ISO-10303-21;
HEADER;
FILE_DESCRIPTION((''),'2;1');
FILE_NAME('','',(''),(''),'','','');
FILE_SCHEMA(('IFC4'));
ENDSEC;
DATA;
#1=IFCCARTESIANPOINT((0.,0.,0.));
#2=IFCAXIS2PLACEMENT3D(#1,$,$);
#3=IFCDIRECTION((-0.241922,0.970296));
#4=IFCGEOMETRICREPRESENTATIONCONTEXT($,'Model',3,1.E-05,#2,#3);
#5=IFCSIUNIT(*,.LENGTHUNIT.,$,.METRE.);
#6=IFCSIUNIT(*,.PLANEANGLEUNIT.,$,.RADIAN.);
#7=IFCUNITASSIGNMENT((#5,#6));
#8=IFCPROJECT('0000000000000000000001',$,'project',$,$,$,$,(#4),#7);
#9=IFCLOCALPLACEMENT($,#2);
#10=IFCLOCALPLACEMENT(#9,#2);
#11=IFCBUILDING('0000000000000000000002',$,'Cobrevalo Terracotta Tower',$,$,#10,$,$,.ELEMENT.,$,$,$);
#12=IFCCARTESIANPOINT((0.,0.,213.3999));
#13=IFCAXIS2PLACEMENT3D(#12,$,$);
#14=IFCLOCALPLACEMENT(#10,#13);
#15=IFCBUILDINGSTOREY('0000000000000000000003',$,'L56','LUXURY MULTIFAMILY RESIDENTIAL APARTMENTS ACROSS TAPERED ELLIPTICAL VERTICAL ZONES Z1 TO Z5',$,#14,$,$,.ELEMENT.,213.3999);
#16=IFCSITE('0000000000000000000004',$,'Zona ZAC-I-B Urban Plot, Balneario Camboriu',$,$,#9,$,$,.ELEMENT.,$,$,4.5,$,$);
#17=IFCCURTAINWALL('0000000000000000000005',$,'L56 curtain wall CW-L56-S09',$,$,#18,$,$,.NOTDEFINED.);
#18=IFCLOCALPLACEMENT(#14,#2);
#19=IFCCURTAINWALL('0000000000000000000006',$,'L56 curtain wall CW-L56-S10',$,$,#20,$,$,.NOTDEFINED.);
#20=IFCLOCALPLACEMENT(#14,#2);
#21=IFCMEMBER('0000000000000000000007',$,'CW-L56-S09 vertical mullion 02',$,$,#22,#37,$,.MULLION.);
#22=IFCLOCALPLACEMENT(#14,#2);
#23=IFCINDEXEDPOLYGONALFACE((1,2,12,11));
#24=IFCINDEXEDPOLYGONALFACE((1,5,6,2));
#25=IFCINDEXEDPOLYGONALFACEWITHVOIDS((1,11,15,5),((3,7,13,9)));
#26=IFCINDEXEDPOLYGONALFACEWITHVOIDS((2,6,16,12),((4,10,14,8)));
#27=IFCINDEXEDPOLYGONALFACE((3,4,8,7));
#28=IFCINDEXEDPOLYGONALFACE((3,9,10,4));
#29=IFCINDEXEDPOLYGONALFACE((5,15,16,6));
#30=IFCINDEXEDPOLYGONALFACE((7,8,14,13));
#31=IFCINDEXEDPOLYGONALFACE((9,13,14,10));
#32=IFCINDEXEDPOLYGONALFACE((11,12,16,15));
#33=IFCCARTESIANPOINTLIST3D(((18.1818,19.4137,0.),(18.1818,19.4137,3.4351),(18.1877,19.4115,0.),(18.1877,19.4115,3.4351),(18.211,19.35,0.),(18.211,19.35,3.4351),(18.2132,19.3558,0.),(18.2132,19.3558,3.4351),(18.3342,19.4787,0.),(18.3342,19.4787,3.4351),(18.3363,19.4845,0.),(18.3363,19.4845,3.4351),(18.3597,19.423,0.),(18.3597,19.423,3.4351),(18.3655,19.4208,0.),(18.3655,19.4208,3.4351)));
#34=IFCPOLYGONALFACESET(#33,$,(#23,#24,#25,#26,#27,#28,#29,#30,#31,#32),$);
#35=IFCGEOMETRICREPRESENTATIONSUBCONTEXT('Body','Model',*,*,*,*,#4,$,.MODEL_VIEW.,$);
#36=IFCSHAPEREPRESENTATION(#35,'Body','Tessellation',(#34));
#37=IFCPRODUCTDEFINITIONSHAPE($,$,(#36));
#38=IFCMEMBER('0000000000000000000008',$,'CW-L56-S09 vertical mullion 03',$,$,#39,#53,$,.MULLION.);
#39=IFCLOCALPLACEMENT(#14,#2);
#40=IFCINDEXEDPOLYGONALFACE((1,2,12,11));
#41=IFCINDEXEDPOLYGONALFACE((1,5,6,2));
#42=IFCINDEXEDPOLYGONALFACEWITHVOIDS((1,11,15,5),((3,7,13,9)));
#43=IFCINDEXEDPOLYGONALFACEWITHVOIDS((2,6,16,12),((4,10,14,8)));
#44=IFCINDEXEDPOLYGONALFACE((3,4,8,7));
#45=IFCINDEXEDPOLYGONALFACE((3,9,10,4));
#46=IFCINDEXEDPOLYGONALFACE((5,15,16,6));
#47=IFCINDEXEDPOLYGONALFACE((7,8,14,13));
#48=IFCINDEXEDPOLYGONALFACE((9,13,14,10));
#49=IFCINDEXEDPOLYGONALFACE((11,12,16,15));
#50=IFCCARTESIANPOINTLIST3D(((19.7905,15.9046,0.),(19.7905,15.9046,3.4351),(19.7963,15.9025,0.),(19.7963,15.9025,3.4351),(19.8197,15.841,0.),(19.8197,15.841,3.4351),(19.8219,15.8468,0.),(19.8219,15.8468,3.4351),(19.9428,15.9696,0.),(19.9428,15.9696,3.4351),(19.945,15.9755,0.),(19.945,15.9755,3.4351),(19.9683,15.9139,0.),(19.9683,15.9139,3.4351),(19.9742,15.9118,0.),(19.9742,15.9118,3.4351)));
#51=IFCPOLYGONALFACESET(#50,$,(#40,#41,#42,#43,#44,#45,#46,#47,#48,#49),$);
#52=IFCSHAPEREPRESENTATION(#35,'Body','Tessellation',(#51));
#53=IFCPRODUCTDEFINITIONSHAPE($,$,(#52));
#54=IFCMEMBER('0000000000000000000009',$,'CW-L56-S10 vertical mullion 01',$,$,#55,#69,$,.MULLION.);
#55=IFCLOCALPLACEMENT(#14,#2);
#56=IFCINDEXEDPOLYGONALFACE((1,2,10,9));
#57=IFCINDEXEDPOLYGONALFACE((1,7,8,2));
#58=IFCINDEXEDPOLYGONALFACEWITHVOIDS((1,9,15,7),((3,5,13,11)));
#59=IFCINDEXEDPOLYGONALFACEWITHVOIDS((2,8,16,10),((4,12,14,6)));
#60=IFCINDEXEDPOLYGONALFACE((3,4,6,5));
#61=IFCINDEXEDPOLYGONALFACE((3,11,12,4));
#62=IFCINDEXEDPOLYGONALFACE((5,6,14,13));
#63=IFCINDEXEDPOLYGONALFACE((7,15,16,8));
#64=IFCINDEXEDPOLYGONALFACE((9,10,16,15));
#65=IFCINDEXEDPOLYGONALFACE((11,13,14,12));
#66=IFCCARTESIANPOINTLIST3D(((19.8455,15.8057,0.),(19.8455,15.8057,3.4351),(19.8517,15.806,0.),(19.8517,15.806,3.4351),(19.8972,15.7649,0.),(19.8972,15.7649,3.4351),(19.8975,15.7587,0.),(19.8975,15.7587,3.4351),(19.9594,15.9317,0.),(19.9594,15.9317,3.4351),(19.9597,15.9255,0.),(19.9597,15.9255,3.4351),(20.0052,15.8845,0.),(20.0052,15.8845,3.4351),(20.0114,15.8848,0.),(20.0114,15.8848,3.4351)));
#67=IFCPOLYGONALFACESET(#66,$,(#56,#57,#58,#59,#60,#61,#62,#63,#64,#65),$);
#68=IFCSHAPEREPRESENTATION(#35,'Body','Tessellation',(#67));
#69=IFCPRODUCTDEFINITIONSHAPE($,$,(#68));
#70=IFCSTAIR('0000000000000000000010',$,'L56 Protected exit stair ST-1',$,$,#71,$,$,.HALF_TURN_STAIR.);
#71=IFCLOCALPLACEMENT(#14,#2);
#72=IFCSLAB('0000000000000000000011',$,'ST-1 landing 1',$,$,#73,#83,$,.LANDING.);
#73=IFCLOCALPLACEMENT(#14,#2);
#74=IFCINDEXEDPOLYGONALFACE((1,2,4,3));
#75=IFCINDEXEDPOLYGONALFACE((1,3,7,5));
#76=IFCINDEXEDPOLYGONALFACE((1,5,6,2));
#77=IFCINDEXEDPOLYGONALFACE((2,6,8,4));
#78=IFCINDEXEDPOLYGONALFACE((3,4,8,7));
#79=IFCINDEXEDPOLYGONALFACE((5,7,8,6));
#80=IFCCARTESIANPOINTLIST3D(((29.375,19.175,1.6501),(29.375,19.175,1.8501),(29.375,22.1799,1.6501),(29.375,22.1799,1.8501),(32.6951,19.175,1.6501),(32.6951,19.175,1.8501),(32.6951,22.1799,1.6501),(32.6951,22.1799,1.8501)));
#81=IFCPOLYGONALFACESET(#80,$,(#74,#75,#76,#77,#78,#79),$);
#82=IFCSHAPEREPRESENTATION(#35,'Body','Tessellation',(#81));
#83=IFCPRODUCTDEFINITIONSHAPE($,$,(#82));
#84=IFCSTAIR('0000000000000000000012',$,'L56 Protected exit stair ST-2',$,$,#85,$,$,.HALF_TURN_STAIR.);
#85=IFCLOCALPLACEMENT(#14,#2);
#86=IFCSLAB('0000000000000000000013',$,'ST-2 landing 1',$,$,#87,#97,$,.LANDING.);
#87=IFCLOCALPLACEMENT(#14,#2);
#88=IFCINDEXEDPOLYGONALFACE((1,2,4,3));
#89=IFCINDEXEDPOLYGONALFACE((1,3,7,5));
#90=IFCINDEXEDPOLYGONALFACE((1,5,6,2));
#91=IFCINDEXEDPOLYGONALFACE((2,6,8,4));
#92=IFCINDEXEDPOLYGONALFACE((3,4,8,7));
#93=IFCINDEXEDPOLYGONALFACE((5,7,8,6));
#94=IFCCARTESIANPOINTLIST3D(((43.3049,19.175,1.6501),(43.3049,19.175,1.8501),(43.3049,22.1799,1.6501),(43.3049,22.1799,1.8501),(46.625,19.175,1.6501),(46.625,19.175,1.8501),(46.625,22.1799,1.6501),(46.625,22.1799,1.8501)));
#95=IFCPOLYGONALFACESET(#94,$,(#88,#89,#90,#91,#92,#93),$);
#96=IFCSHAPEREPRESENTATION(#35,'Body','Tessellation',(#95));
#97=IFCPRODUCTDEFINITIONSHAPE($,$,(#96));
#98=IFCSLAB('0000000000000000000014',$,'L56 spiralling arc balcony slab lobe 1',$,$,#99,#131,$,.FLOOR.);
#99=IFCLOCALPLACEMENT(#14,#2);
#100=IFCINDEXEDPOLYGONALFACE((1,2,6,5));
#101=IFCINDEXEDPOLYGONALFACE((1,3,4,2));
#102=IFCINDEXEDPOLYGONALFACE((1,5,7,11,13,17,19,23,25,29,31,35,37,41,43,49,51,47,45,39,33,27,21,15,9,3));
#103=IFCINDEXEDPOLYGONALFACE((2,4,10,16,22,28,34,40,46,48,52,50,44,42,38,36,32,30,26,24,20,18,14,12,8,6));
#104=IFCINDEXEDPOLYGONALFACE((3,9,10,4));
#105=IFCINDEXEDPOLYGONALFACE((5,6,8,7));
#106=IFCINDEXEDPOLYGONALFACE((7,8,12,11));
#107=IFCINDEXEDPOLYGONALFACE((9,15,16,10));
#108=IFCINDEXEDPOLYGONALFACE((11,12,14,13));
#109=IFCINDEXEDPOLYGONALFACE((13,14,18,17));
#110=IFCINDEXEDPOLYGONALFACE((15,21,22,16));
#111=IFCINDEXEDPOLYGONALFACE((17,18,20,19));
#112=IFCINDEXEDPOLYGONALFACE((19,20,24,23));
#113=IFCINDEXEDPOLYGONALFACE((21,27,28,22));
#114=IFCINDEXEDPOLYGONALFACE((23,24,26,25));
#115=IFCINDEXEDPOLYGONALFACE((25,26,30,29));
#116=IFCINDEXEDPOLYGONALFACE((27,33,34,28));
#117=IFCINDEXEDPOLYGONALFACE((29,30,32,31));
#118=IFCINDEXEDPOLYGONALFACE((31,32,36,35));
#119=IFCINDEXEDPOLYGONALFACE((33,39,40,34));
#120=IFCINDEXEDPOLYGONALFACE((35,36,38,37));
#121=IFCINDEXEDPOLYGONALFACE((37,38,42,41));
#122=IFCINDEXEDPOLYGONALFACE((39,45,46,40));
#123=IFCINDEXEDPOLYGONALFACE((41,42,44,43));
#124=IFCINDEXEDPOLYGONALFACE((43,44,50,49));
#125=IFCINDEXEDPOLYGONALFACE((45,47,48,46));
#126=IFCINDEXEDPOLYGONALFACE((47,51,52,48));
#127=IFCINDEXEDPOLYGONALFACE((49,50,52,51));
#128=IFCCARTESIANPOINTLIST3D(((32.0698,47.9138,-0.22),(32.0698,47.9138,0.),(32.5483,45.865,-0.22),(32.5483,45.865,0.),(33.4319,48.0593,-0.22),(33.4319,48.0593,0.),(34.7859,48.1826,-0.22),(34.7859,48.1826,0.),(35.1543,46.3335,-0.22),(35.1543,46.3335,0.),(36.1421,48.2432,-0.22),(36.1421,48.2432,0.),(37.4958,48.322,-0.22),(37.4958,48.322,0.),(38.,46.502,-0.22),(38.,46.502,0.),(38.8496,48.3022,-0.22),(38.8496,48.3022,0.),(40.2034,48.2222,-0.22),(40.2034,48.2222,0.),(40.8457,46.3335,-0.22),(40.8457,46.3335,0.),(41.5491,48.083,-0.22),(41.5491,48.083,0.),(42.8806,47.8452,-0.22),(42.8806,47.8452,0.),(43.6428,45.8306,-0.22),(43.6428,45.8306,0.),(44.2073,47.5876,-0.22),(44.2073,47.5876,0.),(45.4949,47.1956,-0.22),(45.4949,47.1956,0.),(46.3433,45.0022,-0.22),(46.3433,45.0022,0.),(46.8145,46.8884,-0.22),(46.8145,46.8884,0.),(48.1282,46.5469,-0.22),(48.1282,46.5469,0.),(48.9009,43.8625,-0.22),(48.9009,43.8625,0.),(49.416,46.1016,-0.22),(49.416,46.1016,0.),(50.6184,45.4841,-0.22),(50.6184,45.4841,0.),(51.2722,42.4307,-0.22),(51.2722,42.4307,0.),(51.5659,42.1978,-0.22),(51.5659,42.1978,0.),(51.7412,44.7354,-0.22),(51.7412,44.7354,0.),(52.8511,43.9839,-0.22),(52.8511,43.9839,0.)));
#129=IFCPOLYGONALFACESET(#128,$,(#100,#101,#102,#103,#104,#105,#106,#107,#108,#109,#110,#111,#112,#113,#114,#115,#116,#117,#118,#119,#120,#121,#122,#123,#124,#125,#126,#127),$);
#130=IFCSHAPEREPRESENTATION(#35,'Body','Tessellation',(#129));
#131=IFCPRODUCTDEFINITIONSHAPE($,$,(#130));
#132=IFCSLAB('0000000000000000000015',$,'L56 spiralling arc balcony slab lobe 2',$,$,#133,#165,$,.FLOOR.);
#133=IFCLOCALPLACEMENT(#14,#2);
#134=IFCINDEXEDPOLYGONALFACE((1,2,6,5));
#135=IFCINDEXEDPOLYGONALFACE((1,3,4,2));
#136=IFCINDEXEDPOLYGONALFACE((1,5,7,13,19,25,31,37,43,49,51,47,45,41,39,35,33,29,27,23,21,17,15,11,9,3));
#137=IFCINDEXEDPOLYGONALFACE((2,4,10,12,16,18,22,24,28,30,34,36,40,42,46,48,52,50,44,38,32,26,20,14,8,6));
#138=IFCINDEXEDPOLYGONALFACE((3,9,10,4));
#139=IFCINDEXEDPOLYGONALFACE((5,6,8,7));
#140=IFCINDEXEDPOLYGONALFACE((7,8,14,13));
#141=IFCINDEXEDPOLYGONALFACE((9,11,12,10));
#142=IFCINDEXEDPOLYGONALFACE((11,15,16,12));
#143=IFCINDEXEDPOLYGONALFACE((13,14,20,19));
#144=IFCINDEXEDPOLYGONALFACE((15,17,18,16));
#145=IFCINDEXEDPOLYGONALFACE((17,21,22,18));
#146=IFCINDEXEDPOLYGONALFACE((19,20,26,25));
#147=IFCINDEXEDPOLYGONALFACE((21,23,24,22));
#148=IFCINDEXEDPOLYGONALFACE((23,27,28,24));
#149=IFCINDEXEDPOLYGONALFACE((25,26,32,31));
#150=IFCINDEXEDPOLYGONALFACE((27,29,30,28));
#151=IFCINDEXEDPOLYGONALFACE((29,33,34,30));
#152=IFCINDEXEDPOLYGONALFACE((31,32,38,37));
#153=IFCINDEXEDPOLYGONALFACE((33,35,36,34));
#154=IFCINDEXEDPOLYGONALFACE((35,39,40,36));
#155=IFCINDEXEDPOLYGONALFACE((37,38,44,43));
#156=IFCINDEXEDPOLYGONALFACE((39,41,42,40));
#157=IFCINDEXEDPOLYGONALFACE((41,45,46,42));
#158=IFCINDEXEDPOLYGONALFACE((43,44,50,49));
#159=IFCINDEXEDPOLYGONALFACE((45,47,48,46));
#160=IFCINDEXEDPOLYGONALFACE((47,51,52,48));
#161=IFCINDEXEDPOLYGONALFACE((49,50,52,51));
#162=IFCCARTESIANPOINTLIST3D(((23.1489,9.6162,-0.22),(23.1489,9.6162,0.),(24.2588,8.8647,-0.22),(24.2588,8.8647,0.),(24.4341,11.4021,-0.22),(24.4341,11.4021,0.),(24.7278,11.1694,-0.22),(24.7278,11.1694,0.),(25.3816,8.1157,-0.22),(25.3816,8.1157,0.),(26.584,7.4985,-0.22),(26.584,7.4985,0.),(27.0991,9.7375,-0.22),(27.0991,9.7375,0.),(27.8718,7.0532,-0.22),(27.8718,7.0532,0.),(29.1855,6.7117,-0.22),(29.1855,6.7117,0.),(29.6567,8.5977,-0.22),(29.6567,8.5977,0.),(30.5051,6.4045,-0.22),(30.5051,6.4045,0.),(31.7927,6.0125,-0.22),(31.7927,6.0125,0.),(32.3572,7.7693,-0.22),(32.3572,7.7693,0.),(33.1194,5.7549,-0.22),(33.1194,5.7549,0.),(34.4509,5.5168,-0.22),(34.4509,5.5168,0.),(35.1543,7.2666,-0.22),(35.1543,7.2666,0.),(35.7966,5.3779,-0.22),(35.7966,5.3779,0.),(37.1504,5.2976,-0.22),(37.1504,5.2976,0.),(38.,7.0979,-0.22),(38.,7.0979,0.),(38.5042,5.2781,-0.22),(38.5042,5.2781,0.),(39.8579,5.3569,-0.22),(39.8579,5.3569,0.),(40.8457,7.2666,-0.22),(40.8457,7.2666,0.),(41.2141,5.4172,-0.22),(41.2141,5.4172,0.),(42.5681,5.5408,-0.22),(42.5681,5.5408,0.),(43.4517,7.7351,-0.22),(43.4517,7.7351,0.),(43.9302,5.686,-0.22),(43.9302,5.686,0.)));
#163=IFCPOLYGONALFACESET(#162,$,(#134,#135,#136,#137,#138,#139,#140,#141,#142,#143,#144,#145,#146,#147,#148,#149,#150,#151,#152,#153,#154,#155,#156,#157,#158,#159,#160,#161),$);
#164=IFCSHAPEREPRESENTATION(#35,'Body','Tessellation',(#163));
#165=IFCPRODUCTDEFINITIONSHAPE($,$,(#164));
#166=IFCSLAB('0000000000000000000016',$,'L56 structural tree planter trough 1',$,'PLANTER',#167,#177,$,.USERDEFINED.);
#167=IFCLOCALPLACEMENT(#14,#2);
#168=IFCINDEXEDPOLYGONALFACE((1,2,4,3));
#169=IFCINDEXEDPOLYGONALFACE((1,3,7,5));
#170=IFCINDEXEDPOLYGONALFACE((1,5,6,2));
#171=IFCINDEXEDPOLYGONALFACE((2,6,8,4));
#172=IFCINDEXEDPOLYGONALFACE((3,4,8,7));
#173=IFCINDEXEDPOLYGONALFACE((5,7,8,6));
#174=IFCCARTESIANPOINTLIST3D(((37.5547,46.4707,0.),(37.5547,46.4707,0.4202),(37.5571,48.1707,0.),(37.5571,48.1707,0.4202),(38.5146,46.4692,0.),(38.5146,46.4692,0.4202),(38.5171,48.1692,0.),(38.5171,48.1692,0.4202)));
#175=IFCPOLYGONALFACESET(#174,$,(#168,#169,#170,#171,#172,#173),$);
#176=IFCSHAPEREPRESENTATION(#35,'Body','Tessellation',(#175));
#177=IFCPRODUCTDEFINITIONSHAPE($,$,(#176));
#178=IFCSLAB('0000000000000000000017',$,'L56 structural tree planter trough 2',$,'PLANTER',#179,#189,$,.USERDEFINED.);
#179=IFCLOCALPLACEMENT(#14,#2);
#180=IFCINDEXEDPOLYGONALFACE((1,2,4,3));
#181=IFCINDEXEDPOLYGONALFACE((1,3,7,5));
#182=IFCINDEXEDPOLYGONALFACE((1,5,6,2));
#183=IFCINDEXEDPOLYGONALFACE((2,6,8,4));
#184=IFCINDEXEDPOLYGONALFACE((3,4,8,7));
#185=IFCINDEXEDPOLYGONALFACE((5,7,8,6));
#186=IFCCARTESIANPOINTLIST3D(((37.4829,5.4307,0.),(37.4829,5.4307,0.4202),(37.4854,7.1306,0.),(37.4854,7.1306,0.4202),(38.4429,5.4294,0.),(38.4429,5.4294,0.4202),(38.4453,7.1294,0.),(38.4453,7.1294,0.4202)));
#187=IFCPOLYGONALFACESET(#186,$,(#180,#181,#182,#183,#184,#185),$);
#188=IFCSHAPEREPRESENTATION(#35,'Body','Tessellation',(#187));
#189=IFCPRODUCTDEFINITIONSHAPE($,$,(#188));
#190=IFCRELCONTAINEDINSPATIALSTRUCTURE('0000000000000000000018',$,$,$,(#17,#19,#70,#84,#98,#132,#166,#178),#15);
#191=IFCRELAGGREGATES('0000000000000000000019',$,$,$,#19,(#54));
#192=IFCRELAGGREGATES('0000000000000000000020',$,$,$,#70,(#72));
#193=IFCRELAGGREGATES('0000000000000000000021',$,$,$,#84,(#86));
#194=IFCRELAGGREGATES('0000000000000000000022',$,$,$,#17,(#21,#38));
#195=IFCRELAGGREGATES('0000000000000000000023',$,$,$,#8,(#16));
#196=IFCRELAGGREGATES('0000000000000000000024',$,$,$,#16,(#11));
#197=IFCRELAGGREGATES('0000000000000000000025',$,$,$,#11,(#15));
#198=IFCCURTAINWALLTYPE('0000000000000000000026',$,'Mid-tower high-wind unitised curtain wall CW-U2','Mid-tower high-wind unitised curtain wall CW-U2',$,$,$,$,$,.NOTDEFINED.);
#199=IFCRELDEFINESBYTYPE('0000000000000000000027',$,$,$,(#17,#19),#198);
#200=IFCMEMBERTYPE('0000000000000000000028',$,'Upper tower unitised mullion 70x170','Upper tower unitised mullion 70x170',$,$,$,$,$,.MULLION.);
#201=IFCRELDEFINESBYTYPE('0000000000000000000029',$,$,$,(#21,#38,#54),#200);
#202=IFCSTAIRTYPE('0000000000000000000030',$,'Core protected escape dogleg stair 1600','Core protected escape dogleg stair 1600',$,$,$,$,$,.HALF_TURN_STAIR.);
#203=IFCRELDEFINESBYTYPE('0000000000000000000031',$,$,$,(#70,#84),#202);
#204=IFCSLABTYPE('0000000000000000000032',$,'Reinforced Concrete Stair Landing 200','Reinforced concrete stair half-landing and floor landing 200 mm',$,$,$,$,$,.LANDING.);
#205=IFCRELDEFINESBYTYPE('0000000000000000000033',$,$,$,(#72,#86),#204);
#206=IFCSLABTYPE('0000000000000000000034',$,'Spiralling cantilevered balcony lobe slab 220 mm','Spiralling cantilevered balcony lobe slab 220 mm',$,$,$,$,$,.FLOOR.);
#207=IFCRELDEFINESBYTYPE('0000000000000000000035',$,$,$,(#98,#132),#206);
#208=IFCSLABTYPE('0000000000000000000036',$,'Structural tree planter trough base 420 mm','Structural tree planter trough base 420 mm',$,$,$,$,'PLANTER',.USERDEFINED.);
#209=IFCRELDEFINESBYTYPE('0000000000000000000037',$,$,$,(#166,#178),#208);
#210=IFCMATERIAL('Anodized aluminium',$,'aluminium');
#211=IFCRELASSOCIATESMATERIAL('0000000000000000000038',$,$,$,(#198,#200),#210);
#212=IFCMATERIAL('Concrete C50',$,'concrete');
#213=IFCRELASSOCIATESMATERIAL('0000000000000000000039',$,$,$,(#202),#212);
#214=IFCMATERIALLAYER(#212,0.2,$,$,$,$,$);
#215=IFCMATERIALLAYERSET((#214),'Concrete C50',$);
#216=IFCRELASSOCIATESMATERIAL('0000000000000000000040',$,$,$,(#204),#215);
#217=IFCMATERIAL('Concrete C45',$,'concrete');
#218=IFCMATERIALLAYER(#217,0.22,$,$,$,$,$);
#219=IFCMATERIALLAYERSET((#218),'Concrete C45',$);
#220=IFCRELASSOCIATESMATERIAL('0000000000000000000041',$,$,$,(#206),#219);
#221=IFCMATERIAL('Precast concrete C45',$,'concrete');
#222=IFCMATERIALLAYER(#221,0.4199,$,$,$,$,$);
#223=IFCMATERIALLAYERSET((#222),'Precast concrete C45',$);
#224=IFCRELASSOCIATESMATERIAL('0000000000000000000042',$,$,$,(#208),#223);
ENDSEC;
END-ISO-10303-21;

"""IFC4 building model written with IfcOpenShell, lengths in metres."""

from ifc_helpers import new_model, si_unit, direction, frame, origin, origin_2d, place, context, subcontext, project, spatial, polyline, hollow_rectangle, outline, extrude, source, transform, mapped, material, layer, layer_set, material_profile, profile_set, type_object, element, aggregate, save


model = new_model("IFC4")

# Units and contexts
model_context = context("Model", 3, precision=1e-05, world=origin(), true_north=direction((-0.241922, 0.970296)))
body_context = subcontext(model_context, "Body", "Model", "MODEL_VIEW")
ifc_project = project(units=[si_unit("LENGTHUNIT", "METRE"), si_unit("PLANEANGLEUNIT", "RADIAN")], contexts=[model_context])

# Site, building, storey
site_placement = place(None, origin())
site = spatial("IfcSite", under=ifc_project, at=site_placement, Name="Zona ZAC-I-B Urban Plot, Balneario Camboriu", CompositionType="ELEMENT", RefElevation=4.5)
building_placement = place(site_placement, origin())
building = spatial("IfcBuilding", under=site, at=building_placement, Name="Cobrevalo Terracotta Tower", CompositionType="ELEMENT")
storey_placement = place(building_placement, frame((0.0, 0.0, 213.3999)))
storey = spatial("IfcBuildingStorey", under=building, at=storey_placement, Name="L56", Description="LUXURY MULTIFAMILY RESIDENTIAL APARTMENTS ACROSS TAPERED ELLIPTICAL VERTICAL ZONES Z1 TO Z5", CompositionType="ELEMENT", Elevation=213.3999)

# Curtain walls
ifc_material_1 = material(Name="Anodized aluminium", Category="aluminium")
curtain_wall_type = type_object("IfcCurtainWallType", Name="Mid-tower high-wind unitised curtain wall CW-U2", Description="Mid-tower high-wind unitised curtain wall CW-U2", PredefinedType="NOTDEFINED", material=ifc_material_1)
curtain_wall_1_placement = place(storey_placement, origin())
curtain_wall_1 = element("IfcCurtainWall", 1, at=curtain_wall_1_placement, inside=storey, type_object=curtain_wall_type, Name="L56 curtain wall CW-L56-S09", PredefinedType="NOTDEFINED")
curtain_wall_2_placement = place(storey_placement, origin())
curtain_wall_2 = element("IfcCurtainWall", 2, at=curtain_wall_2_placement, inside=storey, type_object=curtain_wall_type, Name="L56 curtain wall CW-L56-S10", PredefinedType="NOTDEFINED")

# Members
ifc_material_profile_1 = material_profile(ifc_material_1, hollow_rectangle(XDim=0.0701, YDim=0.1699, WallThickness=0.0044, at=origin_2d()), Name="CWM 70x170")
ifc_profile_set_1 = profile_set([ifc_material_profile_1], Name="Anodized aluminium")
member_type_1 = type_object("IfcMemberType", Name="Upper tower unitised mullion 70x170", Description="Upper tower unitised mullion 70x170", PredefinedType="MULLION", material=ifc_profile_set_1)
shared_shape_1 = source(origin(), body_context, "Body", "SweptSolid", [
    extrude(hollow_rectangle(XDim=0.0701, YDim=0.1699, WallThickness=0.0044, at=origin_2d()), origin(), (0.0, 0.0, 1.0), 3.4351),
])
member_1_placement = place(storey_placement, frame((18.2737, 19.4172, 0.0), z_axis=(0.0, 0.0, 1.0), x_axis=(0.416725, -0.909033, 0.0)))
member_1 = element("IfcMember", 3, at=member_1_placement, type_object=member_type_1, Name="CW-L56-S09 vertical mullion 02", PredefinedType="MULLION", context=body_context, shape_type="MappedRepresentation", body=[
    mapped(shared_shape_1, transform((0.0, 0.0, 0.0), scale=1.0)),
])
member_2_placement = place(storey_placement, frame((19.8823, 15.9082, 0.0), z_axis=(0.0, 0.0, 1.0), x_axis=(0.416725, -0.909033, 0.0)))
member_2 = element("IfcMember", 4, at=member_2_placement, type_object=member_type_1, Name="CW-L56-S09 vertical mullion 03", PredefinedType="MULLION", context=body_context, shape_type="MappedRepresentation", body=[
    mapped(shared_shape_1, transform((0.0, 0.0, 0.0), scale=1.0)),
])
member_3_placement = place(storey_placement, frame((19.9285, 15.8452, 0.0), z_axis=(0.0, 0.0, 1.0), x_axis=(0.741988, -0.670414, 0.0)))
member_3 = element("IfcMember", 5, at=member_3_placement, type_object=member_type_1, Name="CW-L56-S10 vertical mullion 01", PredefinedType="MULLION", context=body_context, shape_type="MappedRepresentation", body=[
    mapped(shared_shape_1, transform((0.0, 0.0, 0.0), scale=1.0)),
])
aggregate(curtain_wall_2, [member_3])

# Stairs, slabs
ifc_material_2 = material(Name="Concrete C50", Category="concrete")
stair_type = type_object("IfcStairType", Name="Core protected escape dogleg stair 1600", Description="Core protected escape dogleg stair 1600", PredefinedType="HALF_TURN_STAIR", material=ifc_material_2)
stair_1_placement = place(storey_placement, origin())
stair_1 = element("IfcStair", 6, at=stair_1_placement, inside=storey, type_object=stair_type, Name="L56 Protected exit stair ST-1", PredefinedType="HALF_TURN_STAIR")
ifc_layer_1 = layer(ifc_material_2, 0.2)
ifc_layer_set_1 = layer_set([ifc_layer_1], Name="Concrete C50")
slab_type_1 = type_object("IfcSlabType", Name="Reinforced Concrete Stair Landing 200", Description="Reinforced concrete stair half-landing and floor landing 200 mm", PredefinedType="LANDING", material=ifc_layer_set_1)
slab_1_placement = place(storey_placement, frame((0.0, 0.0, 1.6501)))
slab_1 = element("IfcSlab", 7, at=slab_1_placement, type_object=slab_type_1, Name="ST-1 landing 1", PredefinedType="LANDING", context=body_context, shape_type="SweptSolid", body=[
    extrude(outline(polyline([(29.375, 22.1799), (29.375, 19.175), (32.6951, 19.175), (32.6951, 22.1799), (29.375, 22.1799)])), origin(), (0.0, 0.0, 1.0), 0.2),
])
aggregate(stair_1, [slab_1])
stair_2_placement = place(storey_placement, origin())
stair_2 = element("IfcStair", 8, at=stair_2_placement, inside=storey, type_object=stair_type, Name="L56 Protected exit stair ST-2", PredefinedType="HALF_TURN_STAIR")
slab_2_placement = place(storey_placement, frame((0.0, 0.0, 1.6501)))
slab_2 = element("IfcSlab", 9, at=slab_2_placement, type_object=slab_type_1, Name="ST-2 landing 1", PredefinedType="LANDING", context=body_context, shape_type="SweptSolid", body=[
    extrude(outline(polyline([(43.3049, 22.1799), (43.3049, 19.175), (46.625, 19.175), (46.625, 22.1799), (43.3049, 22.1799)])), origin(), (0.0, 0.0, 1.0), 0.2),
])
aggregate(stair_2, [slab_2])

# Slabs
ifc_material_3 = material(Name="Concrete C45", Category="concrete")
ifc_layer_2 = layer(ifc_material_3, 0.22)
ifc_layer_set_2 = layer_set([ifc_layer_2], Name="Concrete C45")
slab_type_2 = type_object("IfcSlabType", Name="Spiralling cantilevered balcony lobe slab 220 mm", Description="Spiralling cantilevered balcony lobe slab 220 mm", PredefinedType="FLOOR", material=ifc_layer_set_2)
slab_3_placement = place(storey_placement, frame((0.0, 0.0, -0.22)))
element("IfcSlab", 10, at=slab_3_placement, inside=storey, type_object=slab_type_2, Name="L56 spiralling arc balcony slab lobe 1", PredefinedType="FLOOR", context=body_context, shape_type="SweptSolid", body=[
    extrude(outline(polyline([(52.8511, 43.9839), (51.7412, 44.7354), (50.6184, 45.4841), (49.416, 46.1016), (48.1282, 46.5469), (46.8145, 46.8884), (45.4949, 47.1956), (44.2073, 47.5876), (42.8806, 47.8452), (41.5491, 48.083), (40.2034, 48.2222), (38.8496, 48.3022), (37.4958, 48.322), (36.1421, 48.2432), (34.7859, 48.1826), (33.4319, 48.0593), (32.0698, 47.9138), (32.5483, 45.865), (35.1543, 46.3335), (38.0, 46.502), (40.8457, 46.3335), (43.6428, 45.8306), (46.3433, 45.0022), (48.9009, 43.8625), (51.2722, 42.4307), (51.5659, 42.1978), (52.8511, 43.9839)])), origin(), (0.0, 0.0, 1.0), 0.22),
])
slab_4_placement = place(storey_placement, frame((0.0, 0.0, -0.22)))
element("IfcSlab", 11, at=slab_4_placement, inside=storey, type_object=slab_type_2, Name="L56 spiralling arc balcony slab lobe 2", PredefinedType="FLOOR", context=body_context, shape_type="SweptSolid", body=[
    extrude(outline(polyline([(23.1489, 9.6162), (24.2588, 8.8647), (25.3816, 8.1157), (26.584, 7.4985), (27.8718, 7.0532), (29.1855, 6.7117), (30.5051, 6.4045), (31.7927, 6.0125), (33.1194, 5.7549), (34.4509, 5.5168), (35.7966, 5.3779), (37.1504, 5.2976), (38.5042, 5.2781), (39.8579, 5.3569), (41.2141, 5.4172), (42.5681, 5.5408), (43.9302, 5.686), (43.4517, 7.7351), (40.8457, 7.2666), (38.0, 7.0979), (35.1543, 7.2666), (32.3572, 7.7693), (29.6567, 8.5977), (27.0991, 9.7375), (24.7278, 11.1694), (24.4341, 11.4021), (23.1489, 9.6162)])), origin(), (0.0, 0.0, 1.0), 0.22),
])
ifc_material_4 = material(Name="Precast concrete C45", Category="concrete")
ifc_layer_3 = layer(ifc_material_4, 0.4199)
ifc_layer_set_3 = layer_set([ifc_layer_3], Name="Precast concrete C45")
slab_type_3 = type_object("IfcSlabType", Name="Structural tree planter trough base 420 mm", Description="Structural tree planter trough base 420 mm", ElementType="PLANTER", PredefinedType="USERDEFINED", material=ifc_layer_set_3)
slab_5_placement = place(storey_placement, origin())
element("IfcSlab", 12, at=slab_5_placement, inside=storey, type_object=slab_type_3, Name="L56 structural tree planter trough 1", ObjectType="PLANTER", PredefinedType="USERDEFINED", context=body_context, shape_type="SweptSolid", body=[
    extrude(outline(polyline([(38.5146, 46.4692), (38.5171, 48.1692), (37.5571, 48.1707), (37.5547, 46.4707), (38.5146, 46.4692)])), origin(), (0.0, 0.0, 1.0), 0.4202),
])
slab_6_placement = place(storey_placement, origin())
element("IfcSlab", 13, at=slab_6_placement, inside=storey, type_object=slab_type_3, Name="L56 structural tree planter trough 2", ObjectType="PLANTER", PredefinedType="USERDEFINED", context=body_context, shape_type="SweptSolid", body=[
    extrude(outline(polyline([(37.4854, 7.1306), (37.4829, 5.4307), (38.4429, 5.4294), (38.4453, 7.1294), (37.4854, 7.1306)])), origin(), (0.0, 0.0, 1.0), 0.4202),
])

aggregate(curtain_wall_1, [member_1, member_2])

save(model, "model.ifc")
